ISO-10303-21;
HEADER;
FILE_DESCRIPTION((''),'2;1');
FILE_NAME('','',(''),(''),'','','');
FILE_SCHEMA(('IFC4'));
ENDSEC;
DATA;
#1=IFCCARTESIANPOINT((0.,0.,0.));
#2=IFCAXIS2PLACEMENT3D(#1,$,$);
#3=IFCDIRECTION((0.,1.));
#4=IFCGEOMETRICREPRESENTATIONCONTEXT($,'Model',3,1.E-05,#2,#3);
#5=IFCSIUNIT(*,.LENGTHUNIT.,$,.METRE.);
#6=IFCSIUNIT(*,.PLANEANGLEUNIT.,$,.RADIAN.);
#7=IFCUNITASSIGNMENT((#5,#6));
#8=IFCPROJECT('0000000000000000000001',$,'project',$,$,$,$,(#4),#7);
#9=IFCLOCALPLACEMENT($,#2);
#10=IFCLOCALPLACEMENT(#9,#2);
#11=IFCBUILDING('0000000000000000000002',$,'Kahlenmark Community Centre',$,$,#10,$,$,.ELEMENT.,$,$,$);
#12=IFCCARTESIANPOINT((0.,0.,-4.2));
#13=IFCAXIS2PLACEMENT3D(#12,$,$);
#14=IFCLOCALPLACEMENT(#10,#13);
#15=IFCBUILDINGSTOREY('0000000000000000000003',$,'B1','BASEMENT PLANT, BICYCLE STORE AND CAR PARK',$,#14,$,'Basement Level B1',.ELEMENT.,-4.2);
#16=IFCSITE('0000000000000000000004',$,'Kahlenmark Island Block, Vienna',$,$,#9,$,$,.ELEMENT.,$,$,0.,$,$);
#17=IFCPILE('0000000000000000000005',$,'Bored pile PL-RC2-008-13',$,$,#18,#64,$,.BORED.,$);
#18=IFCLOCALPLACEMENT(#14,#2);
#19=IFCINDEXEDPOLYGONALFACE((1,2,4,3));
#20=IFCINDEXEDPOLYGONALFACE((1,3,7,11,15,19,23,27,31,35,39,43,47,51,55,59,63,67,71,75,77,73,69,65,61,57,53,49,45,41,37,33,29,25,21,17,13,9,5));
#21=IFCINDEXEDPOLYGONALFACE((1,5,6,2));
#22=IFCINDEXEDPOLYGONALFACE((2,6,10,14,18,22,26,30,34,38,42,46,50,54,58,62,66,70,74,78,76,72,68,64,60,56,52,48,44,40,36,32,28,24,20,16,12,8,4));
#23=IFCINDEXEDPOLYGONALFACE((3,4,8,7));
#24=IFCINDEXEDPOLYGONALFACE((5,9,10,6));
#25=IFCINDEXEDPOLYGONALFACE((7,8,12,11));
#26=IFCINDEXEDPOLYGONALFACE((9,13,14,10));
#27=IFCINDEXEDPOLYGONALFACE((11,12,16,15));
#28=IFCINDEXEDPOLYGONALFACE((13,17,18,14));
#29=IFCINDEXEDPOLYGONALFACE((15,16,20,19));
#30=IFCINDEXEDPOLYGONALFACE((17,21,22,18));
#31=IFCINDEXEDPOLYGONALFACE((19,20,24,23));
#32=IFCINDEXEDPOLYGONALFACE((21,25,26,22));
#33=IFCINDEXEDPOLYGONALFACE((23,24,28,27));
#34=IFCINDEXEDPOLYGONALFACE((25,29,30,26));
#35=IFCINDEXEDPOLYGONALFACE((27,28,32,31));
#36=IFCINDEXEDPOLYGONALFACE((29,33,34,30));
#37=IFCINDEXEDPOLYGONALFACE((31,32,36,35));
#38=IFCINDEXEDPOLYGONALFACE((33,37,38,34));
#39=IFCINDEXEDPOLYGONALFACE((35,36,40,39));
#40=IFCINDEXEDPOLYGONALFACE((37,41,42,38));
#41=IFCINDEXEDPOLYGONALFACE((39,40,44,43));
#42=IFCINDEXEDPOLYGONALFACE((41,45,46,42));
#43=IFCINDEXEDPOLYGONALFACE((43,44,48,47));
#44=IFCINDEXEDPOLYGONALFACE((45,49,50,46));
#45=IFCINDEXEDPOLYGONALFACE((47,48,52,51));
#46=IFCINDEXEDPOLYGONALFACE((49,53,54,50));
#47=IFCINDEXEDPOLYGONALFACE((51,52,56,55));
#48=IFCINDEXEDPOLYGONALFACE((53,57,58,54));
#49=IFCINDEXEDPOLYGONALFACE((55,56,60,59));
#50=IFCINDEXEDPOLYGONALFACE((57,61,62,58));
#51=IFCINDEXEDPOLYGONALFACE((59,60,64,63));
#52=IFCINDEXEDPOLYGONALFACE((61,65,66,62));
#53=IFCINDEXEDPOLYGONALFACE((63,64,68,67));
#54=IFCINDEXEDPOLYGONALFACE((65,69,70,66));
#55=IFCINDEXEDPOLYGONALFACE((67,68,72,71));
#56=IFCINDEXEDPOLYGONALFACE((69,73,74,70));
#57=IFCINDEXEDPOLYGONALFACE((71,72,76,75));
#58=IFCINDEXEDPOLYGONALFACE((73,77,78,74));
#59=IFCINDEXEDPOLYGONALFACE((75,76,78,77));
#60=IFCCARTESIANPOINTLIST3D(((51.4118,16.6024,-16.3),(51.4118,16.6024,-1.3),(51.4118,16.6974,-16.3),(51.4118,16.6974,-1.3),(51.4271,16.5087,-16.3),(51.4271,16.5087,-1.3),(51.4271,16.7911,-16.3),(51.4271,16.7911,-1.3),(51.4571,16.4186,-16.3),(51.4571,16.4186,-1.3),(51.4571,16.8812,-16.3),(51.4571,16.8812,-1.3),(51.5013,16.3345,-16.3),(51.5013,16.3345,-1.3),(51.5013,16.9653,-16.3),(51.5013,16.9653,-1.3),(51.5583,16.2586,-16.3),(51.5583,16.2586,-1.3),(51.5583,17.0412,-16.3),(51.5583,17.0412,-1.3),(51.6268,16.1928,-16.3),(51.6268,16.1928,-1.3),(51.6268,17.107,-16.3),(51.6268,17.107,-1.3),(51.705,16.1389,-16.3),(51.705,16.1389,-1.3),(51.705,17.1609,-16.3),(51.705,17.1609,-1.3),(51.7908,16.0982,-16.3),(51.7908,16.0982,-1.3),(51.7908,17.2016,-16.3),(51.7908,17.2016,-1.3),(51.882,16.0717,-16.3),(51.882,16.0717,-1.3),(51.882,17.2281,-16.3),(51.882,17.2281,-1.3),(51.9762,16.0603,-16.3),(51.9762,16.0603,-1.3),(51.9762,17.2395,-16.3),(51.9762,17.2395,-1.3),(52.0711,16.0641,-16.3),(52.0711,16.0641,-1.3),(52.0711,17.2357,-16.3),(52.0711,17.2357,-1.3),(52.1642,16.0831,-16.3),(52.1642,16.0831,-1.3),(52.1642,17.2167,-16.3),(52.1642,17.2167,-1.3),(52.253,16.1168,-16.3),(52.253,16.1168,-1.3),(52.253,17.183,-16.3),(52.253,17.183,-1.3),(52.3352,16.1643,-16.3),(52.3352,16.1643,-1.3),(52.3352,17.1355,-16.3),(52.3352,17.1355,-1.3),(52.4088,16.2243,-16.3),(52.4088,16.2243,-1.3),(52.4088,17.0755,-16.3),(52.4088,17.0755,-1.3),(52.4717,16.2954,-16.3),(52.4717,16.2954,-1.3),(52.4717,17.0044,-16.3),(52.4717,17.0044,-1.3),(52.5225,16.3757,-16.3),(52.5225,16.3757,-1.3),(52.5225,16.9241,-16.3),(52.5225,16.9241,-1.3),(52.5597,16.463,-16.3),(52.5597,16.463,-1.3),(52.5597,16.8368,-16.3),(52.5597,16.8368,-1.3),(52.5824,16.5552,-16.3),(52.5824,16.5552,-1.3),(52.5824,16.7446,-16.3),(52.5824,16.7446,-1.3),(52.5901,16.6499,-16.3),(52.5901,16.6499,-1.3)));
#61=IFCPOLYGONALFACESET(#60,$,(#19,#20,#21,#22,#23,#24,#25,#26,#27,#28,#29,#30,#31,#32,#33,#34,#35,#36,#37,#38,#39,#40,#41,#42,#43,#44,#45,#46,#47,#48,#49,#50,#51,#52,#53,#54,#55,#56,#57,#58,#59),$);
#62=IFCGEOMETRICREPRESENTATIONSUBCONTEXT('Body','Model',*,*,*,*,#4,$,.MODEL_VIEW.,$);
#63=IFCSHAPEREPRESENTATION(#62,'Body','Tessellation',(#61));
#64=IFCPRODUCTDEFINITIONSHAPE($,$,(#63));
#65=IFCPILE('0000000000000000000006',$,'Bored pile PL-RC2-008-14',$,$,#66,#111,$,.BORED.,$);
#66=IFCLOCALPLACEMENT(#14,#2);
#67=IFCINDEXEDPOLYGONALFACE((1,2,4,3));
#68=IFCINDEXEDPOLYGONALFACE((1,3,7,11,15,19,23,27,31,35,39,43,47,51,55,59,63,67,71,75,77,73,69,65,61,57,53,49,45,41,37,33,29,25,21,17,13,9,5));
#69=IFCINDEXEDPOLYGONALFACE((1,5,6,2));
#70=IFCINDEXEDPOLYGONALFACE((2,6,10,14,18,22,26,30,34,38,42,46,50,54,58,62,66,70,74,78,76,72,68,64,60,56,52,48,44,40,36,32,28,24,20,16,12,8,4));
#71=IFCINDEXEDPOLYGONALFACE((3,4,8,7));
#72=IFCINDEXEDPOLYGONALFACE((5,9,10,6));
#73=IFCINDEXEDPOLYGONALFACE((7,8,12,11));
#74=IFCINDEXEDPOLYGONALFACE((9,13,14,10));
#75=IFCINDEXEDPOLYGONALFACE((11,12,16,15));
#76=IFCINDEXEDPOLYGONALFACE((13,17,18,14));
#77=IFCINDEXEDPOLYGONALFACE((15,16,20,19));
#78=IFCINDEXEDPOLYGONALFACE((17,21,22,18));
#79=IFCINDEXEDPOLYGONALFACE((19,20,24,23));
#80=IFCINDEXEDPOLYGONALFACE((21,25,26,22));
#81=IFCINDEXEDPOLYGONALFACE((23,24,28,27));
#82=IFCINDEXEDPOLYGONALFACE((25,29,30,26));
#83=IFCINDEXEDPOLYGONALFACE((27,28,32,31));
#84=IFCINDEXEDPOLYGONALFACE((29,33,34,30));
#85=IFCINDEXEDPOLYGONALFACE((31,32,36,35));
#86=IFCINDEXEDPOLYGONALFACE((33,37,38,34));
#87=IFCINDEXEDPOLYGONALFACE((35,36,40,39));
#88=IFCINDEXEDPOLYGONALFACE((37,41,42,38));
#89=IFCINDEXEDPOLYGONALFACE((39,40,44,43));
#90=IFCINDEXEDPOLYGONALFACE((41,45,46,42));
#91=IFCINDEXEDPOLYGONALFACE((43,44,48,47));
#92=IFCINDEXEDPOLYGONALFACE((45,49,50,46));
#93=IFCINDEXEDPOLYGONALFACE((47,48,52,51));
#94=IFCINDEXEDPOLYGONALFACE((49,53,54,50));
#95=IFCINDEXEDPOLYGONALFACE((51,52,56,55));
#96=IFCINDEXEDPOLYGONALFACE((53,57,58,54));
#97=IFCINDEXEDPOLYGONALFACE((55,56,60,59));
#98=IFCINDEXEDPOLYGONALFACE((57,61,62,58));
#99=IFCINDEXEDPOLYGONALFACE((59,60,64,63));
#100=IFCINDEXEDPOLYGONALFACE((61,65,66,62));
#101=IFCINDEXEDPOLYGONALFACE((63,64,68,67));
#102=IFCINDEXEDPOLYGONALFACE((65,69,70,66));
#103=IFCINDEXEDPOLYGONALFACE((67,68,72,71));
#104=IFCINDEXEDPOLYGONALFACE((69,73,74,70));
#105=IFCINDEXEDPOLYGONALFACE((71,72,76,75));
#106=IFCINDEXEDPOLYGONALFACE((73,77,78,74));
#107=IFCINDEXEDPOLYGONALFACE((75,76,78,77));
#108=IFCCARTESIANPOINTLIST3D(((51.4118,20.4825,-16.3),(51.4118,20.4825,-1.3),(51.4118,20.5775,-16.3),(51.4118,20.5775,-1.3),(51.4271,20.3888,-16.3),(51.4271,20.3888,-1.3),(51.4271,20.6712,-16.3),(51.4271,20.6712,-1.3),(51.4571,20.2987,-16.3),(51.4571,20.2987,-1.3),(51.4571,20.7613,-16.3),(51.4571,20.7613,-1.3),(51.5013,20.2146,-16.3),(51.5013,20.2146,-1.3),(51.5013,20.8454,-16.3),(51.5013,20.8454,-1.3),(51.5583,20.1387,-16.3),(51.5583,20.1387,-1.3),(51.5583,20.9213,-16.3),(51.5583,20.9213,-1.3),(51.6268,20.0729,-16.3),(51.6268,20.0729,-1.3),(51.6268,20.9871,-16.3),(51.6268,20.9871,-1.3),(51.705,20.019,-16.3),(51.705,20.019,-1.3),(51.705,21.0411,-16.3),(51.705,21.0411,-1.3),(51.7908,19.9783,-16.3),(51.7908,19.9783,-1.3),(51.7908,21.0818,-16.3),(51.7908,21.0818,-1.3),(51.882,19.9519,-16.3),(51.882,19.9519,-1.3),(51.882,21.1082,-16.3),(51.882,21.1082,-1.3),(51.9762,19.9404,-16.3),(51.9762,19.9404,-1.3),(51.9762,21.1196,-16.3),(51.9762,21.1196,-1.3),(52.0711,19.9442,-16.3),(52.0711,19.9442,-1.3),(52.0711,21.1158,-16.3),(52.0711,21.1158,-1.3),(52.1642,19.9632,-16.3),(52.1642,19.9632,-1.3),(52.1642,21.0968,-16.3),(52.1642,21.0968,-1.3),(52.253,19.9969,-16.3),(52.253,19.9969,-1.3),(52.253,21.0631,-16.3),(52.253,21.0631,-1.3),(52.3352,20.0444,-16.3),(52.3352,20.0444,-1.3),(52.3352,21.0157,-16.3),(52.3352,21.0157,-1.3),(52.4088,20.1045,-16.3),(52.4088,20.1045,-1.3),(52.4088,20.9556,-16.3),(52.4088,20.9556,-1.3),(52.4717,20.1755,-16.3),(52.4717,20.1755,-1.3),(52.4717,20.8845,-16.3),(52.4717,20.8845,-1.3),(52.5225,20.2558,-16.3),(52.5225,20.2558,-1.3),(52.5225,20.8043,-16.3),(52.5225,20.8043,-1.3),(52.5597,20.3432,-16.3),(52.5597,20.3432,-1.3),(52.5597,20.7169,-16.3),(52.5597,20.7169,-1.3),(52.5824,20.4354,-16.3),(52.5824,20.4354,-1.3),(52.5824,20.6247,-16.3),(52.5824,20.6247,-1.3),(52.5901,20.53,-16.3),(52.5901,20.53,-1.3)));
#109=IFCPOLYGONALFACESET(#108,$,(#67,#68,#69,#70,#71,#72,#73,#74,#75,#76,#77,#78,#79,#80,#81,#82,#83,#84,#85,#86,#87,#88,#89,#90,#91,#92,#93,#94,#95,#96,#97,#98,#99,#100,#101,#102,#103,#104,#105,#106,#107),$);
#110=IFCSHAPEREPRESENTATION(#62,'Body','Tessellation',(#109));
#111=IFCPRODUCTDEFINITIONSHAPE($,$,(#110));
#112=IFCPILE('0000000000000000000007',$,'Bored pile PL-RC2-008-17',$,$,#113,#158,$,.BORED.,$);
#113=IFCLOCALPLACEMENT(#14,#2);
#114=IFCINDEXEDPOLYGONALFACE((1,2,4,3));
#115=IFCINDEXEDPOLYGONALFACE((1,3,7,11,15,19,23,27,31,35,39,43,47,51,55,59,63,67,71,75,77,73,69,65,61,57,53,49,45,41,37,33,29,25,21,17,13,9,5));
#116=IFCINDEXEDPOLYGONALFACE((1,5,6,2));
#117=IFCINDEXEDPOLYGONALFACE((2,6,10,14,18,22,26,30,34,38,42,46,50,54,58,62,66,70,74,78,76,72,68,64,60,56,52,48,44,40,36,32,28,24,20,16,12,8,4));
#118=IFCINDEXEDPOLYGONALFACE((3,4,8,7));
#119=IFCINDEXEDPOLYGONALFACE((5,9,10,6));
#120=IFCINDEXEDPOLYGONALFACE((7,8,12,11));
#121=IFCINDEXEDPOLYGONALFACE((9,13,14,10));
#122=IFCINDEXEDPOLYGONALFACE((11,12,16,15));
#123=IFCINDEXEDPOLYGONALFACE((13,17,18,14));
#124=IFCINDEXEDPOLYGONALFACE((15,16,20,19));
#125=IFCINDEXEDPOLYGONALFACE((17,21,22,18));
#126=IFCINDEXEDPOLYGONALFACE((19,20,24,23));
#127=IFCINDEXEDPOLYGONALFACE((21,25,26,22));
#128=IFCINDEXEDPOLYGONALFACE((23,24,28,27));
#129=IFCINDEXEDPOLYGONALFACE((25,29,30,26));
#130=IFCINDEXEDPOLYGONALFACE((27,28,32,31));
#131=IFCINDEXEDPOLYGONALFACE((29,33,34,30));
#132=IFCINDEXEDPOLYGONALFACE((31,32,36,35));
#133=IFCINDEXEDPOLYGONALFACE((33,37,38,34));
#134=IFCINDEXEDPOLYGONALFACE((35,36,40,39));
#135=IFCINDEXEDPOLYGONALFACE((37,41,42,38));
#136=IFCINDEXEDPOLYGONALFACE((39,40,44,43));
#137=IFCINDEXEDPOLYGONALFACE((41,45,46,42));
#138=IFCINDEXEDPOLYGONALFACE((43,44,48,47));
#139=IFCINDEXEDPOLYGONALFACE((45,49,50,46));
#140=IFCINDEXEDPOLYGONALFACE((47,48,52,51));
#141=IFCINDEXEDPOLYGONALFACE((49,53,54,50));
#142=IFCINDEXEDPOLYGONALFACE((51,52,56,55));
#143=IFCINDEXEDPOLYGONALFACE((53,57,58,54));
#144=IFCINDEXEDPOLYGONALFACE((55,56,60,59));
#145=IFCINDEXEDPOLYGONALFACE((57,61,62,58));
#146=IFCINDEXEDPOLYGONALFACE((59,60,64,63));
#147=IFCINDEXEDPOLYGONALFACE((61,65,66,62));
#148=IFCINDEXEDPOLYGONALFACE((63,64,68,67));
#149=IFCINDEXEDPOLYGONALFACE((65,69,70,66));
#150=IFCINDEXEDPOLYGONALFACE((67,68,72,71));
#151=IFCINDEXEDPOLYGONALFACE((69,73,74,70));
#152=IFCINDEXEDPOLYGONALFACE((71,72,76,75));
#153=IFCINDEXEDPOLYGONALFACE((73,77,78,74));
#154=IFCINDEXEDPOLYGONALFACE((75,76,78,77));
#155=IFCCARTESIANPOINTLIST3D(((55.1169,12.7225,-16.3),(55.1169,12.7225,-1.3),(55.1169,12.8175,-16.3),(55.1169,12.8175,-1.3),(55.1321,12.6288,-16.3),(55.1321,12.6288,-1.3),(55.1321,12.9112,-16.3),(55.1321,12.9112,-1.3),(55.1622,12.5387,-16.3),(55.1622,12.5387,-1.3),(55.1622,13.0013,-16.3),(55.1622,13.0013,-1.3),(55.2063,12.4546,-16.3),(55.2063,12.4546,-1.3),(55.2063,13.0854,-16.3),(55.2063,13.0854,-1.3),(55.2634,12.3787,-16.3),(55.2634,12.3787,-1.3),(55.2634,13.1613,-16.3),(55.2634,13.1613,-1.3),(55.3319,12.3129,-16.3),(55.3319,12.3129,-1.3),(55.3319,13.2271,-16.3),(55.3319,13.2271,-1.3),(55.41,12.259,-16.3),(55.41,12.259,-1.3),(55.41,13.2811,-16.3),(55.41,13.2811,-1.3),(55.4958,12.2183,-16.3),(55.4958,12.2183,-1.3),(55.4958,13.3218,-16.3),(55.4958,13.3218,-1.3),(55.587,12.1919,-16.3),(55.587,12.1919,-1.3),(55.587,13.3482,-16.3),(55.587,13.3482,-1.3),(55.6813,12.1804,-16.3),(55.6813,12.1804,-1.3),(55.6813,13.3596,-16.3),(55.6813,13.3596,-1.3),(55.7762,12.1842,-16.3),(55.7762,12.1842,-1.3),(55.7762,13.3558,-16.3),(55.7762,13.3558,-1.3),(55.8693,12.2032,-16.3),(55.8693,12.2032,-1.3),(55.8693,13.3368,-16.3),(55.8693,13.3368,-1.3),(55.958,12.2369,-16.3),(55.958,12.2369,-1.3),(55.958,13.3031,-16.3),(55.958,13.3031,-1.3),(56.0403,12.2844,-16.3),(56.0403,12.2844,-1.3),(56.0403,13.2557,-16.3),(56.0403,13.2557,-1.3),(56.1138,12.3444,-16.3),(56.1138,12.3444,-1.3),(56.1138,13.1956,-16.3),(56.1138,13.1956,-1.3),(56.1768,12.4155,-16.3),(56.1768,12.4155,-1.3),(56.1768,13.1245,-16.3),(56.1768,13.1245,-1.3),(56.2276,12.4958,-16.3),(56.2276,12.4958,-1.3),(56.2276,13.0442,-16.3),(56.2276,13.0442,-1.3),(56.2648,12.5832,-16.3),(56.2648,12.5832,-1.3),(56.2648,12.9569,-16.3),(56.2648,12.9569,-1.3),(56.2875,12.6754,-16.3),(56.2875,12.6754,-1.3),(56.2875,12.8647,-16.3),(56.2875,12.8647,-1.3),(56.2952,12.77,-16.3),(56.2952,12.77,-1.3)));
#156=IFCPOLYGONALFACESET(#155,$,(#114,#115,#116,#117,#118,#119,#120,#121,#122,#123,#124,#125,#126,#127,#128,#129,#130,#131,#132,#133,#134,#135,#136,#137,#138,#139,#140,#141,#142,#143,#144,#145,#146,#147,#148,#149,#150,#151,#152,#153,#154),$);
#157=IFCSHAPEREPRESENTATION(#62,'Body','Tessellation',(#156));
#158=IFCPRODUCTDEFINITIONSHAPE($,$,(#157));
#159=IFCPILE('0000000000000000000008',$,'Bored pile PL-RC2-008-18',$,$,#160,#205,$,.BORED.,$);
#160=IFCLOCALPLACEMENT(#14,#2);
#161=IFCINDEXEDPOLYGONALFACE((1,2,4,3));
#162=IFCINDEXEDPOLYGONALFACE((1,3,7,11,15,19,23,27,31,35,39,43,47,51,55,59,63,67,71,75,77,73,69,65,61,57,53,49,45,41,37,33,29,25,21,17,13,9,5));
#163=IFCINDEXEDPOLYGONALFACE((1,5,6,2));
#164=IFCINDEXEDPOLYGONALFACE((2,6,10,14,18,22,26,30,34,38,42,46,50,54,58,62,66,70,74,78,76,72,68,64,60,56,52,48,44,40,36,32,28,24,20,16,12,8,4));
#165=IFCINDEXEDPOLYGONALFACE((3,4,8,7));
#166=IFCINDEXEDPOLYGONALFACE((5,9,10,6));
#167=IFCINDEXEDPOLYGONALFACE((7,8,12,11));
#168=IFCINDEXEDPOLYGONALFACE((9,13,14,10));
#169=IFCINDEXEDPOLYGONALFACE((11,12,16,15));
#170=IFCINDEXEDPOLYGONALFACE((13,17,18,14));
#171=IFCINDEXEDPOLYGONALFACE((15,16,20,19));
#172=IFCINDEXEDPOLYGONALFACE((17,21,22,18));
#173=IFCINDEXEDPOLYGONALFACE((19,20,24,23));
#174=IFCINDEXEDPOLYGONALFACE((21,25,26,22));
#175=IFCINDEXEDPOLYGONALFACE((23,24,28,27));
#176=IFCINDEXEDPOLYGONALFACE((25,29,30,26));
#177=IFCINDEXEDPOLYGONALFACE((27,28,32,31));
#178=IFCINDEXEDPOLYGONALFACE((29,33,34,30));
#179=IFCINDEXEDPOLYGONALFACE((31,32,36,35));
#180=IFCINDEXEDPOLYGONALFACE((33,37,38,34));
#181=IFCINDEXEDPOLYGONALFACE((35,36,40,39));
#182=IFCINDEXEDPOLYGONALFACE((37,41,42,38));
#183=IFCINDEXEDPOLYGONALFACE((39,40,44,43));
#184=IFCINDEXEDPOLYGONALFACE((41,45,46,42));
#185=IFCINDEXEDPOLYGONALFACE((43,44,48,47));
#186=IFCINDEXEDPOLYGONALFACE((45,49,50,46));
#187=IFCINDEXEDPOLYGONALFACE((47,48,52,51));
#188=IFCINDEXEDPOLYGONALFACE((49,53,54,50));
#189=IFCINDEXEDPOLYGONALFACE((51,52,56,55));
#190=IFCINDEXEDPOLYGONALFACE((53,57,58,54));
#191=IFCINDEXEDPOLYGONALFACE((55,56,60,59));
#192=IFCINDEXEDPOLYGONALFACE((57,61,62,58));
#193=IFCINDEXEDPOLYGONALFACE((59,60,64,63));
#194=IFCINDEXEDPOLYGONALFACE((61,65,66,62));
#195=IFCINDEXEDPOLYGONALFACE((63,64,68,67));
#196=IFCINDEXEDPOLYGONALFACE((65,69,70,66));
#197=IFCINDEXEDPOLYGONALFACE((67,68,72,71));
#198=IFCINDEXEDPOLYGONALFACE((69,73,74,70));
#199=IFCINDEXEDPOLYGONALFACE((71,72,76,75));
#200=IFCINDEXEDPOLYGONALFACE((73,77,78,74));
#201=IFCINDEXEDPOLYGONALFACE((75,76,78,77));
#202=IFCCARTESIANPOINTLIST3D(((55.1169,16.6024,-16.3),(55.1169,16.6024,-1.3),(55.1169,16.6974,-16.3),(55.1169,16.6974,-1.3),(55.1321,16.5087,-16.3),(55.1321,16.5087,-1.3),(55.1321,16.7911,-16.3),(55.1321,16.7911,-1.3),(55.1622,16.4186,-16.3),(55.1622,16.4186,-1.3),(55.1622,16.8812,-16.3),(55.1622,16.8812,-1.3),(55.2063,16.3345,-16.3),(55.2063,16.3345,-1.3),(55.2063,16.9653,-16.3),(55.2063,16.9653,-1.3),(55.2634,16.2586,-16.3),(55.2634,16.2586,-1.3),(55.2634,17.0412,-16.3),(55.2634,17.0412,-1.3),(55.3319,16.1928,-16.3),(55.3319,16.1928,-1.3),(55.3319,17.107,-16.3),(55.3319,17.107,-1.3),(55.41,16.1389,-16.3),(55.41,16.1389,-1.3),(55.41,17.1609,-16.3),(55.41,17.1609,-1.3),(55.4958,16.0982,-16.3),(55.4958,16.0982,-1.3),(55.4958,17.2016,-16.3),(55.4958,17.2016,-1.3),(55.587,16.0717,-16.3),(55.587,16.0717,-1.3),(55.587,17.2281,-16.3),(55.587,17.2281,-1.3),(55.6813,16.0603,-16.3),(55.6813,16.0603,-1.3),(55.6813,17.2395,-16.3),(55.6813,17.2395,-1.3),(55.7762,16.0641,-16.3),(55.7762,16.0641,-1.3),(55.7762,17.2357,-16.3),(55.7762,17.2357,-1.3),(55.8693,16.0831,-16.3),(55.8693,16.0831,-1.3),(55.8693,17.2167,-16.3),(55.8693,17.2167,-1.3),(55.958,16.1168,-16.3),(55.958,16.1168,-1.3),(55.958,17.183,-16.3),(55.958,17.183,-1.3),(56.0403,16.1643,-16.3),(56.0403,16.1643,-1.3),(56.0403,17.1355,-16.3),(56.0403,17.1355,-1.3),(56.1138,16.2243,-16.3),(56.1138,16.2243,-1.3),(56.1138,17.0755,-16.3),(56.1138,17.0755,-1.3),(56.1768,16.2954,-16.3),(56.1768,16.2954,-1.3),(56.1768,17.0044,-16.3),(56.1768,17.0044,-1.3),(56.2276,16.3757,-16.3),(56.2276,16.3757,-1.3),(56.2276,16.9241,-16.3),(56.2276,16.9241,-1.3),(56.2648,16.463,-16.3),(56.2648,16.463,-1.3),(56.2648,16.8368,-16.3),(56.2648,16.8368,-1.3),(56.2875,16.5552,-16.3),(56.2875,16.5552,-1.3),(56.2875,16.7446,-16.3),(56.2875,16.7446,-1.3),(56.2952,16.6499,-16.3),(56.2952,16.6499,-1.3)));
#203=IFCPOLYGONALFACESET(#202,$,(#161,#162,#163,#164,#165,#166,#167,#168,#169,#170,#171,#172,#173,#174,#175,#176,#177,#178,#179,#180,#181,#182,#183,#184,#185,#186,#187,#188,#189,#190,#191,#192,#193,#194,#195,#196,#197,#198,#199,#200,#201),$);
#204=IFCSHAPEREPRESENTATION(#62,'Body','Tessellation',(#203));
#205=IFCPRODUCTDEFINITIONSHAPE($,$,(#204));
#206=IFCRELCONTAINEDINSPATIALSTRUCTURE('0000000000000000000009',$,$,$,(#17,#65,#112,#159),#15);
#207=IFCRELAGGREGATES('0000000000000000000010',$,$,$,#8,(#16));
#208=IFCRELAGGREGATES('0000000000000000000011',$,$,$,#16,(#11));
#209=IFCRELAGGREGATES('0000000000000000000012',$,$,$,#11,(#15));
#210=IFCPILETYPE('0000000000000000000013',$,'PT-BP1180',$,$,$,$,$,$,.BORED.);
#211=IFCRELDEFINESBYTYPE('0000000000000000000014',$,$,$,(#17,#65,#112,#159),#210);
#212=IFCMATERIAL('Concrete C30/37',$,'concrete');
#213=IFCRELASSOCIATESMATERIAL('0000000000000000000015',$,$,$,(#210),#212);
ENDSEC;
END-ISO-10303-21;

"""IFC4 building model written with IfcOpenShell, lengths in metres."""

from ifc_helpers import new_model, si_unit, direction, frame, origin, origin_2d, place, context, subcontext, project, spatial, circle, extrude, material, material_profile, profile_set, type_object, element, save


model = new_model("IFC4")

# Units and contexts
model_context = context("Model", 3, precision=1e-05, world=origin(), true_north=direction((0.0, 1.0)))
body_context = subcontext(model_context, "Body", "Model", "MODEL_VIEW")
ifc_project = project(units=[si_unit("LENGTHUNIT", "METRE"), si_unit("PLANEANGLEUNIT", "RADIAN")], contexts=[model_context])

# Site, building, storey
site_placement = place(None, origin())
site = spatial("IfcSite", under=ifc_project, at=site_placement, Name="Kahlenmark Island Block, Vienna", CompositionType="ELEMENT", RefElevation=0.0)
building_placement = place(site_placement, origin())
building = spatial("IfcBuilding", under=site, at=building_placement, Name="Kahlenmark Community Centre", CompositionType="ELEMENT")
storey_placement = place(building_placement, frame((0.0, 0.0, -4.2)))
storey = spatial("IfcBuildingStorey", under=building, at=storey_placement, Name="B1", Description="BASEMENT PLANT, BICYCLE STORE AND CAR PARK", LongName="Basement Level B1", CompositionType="ELEMENT", Elevation=-4.2)

# Shared definitions
ifc_material_1 = material(Name="Concrete C30/37", Category="concrete")

# Piles
ifc_material_profile_1 = material_profile(ifc_material_1, circle(Radius=0.5901, at=origin_2d()), Name="BORED PILE 1180")
ifc_profile_set_1 = profile_set([ifc_material_profile_1], Name="Concrete C30/37")
pile_type = type_object("IfcPileType", Name="PT-BP1180", PredefinedType="BORED", material=ifc_profile_set_1)
for number, where, z_axis, x_axis, name in (
    (1, (52.0, 16.6499, -1.3), (0.0, 0.0, -1.0), (1.0, 0.0, 0.0), "Bored pile PL-RC2-008-13"),
    (2, (52.0, 20.53, -1.3), (0.0, 0.0, -1.0), (1.0, 0.0, 0.0), "Bored pile PL-RC2-008-14"),
    (3, (55.7051, 12.77, -1.3), (0.0, 0.0, -1.0), (1.0, 0.0, 0.0), "Bored pile PL-RC2-008-17"),
    (4, (55.7051, 16.6499, -1.3), (0.0, 0.0, -1.0), (1.0, 0.0, 0.0), "Bored pile PL-RC2-008-18"),
):
    element("IfcPile", number, at=place(storey_placement, frame(where, z_axis=z_axis, x_axis=x_axis)), inside=storey, type_object=pile_type, Name=name, PredefinedType="BORED", context=body_context, shape_type="SweptSolid", body=[
        extrude(circle(Radius=0.5901, at=origin_2d()), origin(), (0.0, 0.0, 1.0), 15.0),
    ])

save(model, "model.ifc")
